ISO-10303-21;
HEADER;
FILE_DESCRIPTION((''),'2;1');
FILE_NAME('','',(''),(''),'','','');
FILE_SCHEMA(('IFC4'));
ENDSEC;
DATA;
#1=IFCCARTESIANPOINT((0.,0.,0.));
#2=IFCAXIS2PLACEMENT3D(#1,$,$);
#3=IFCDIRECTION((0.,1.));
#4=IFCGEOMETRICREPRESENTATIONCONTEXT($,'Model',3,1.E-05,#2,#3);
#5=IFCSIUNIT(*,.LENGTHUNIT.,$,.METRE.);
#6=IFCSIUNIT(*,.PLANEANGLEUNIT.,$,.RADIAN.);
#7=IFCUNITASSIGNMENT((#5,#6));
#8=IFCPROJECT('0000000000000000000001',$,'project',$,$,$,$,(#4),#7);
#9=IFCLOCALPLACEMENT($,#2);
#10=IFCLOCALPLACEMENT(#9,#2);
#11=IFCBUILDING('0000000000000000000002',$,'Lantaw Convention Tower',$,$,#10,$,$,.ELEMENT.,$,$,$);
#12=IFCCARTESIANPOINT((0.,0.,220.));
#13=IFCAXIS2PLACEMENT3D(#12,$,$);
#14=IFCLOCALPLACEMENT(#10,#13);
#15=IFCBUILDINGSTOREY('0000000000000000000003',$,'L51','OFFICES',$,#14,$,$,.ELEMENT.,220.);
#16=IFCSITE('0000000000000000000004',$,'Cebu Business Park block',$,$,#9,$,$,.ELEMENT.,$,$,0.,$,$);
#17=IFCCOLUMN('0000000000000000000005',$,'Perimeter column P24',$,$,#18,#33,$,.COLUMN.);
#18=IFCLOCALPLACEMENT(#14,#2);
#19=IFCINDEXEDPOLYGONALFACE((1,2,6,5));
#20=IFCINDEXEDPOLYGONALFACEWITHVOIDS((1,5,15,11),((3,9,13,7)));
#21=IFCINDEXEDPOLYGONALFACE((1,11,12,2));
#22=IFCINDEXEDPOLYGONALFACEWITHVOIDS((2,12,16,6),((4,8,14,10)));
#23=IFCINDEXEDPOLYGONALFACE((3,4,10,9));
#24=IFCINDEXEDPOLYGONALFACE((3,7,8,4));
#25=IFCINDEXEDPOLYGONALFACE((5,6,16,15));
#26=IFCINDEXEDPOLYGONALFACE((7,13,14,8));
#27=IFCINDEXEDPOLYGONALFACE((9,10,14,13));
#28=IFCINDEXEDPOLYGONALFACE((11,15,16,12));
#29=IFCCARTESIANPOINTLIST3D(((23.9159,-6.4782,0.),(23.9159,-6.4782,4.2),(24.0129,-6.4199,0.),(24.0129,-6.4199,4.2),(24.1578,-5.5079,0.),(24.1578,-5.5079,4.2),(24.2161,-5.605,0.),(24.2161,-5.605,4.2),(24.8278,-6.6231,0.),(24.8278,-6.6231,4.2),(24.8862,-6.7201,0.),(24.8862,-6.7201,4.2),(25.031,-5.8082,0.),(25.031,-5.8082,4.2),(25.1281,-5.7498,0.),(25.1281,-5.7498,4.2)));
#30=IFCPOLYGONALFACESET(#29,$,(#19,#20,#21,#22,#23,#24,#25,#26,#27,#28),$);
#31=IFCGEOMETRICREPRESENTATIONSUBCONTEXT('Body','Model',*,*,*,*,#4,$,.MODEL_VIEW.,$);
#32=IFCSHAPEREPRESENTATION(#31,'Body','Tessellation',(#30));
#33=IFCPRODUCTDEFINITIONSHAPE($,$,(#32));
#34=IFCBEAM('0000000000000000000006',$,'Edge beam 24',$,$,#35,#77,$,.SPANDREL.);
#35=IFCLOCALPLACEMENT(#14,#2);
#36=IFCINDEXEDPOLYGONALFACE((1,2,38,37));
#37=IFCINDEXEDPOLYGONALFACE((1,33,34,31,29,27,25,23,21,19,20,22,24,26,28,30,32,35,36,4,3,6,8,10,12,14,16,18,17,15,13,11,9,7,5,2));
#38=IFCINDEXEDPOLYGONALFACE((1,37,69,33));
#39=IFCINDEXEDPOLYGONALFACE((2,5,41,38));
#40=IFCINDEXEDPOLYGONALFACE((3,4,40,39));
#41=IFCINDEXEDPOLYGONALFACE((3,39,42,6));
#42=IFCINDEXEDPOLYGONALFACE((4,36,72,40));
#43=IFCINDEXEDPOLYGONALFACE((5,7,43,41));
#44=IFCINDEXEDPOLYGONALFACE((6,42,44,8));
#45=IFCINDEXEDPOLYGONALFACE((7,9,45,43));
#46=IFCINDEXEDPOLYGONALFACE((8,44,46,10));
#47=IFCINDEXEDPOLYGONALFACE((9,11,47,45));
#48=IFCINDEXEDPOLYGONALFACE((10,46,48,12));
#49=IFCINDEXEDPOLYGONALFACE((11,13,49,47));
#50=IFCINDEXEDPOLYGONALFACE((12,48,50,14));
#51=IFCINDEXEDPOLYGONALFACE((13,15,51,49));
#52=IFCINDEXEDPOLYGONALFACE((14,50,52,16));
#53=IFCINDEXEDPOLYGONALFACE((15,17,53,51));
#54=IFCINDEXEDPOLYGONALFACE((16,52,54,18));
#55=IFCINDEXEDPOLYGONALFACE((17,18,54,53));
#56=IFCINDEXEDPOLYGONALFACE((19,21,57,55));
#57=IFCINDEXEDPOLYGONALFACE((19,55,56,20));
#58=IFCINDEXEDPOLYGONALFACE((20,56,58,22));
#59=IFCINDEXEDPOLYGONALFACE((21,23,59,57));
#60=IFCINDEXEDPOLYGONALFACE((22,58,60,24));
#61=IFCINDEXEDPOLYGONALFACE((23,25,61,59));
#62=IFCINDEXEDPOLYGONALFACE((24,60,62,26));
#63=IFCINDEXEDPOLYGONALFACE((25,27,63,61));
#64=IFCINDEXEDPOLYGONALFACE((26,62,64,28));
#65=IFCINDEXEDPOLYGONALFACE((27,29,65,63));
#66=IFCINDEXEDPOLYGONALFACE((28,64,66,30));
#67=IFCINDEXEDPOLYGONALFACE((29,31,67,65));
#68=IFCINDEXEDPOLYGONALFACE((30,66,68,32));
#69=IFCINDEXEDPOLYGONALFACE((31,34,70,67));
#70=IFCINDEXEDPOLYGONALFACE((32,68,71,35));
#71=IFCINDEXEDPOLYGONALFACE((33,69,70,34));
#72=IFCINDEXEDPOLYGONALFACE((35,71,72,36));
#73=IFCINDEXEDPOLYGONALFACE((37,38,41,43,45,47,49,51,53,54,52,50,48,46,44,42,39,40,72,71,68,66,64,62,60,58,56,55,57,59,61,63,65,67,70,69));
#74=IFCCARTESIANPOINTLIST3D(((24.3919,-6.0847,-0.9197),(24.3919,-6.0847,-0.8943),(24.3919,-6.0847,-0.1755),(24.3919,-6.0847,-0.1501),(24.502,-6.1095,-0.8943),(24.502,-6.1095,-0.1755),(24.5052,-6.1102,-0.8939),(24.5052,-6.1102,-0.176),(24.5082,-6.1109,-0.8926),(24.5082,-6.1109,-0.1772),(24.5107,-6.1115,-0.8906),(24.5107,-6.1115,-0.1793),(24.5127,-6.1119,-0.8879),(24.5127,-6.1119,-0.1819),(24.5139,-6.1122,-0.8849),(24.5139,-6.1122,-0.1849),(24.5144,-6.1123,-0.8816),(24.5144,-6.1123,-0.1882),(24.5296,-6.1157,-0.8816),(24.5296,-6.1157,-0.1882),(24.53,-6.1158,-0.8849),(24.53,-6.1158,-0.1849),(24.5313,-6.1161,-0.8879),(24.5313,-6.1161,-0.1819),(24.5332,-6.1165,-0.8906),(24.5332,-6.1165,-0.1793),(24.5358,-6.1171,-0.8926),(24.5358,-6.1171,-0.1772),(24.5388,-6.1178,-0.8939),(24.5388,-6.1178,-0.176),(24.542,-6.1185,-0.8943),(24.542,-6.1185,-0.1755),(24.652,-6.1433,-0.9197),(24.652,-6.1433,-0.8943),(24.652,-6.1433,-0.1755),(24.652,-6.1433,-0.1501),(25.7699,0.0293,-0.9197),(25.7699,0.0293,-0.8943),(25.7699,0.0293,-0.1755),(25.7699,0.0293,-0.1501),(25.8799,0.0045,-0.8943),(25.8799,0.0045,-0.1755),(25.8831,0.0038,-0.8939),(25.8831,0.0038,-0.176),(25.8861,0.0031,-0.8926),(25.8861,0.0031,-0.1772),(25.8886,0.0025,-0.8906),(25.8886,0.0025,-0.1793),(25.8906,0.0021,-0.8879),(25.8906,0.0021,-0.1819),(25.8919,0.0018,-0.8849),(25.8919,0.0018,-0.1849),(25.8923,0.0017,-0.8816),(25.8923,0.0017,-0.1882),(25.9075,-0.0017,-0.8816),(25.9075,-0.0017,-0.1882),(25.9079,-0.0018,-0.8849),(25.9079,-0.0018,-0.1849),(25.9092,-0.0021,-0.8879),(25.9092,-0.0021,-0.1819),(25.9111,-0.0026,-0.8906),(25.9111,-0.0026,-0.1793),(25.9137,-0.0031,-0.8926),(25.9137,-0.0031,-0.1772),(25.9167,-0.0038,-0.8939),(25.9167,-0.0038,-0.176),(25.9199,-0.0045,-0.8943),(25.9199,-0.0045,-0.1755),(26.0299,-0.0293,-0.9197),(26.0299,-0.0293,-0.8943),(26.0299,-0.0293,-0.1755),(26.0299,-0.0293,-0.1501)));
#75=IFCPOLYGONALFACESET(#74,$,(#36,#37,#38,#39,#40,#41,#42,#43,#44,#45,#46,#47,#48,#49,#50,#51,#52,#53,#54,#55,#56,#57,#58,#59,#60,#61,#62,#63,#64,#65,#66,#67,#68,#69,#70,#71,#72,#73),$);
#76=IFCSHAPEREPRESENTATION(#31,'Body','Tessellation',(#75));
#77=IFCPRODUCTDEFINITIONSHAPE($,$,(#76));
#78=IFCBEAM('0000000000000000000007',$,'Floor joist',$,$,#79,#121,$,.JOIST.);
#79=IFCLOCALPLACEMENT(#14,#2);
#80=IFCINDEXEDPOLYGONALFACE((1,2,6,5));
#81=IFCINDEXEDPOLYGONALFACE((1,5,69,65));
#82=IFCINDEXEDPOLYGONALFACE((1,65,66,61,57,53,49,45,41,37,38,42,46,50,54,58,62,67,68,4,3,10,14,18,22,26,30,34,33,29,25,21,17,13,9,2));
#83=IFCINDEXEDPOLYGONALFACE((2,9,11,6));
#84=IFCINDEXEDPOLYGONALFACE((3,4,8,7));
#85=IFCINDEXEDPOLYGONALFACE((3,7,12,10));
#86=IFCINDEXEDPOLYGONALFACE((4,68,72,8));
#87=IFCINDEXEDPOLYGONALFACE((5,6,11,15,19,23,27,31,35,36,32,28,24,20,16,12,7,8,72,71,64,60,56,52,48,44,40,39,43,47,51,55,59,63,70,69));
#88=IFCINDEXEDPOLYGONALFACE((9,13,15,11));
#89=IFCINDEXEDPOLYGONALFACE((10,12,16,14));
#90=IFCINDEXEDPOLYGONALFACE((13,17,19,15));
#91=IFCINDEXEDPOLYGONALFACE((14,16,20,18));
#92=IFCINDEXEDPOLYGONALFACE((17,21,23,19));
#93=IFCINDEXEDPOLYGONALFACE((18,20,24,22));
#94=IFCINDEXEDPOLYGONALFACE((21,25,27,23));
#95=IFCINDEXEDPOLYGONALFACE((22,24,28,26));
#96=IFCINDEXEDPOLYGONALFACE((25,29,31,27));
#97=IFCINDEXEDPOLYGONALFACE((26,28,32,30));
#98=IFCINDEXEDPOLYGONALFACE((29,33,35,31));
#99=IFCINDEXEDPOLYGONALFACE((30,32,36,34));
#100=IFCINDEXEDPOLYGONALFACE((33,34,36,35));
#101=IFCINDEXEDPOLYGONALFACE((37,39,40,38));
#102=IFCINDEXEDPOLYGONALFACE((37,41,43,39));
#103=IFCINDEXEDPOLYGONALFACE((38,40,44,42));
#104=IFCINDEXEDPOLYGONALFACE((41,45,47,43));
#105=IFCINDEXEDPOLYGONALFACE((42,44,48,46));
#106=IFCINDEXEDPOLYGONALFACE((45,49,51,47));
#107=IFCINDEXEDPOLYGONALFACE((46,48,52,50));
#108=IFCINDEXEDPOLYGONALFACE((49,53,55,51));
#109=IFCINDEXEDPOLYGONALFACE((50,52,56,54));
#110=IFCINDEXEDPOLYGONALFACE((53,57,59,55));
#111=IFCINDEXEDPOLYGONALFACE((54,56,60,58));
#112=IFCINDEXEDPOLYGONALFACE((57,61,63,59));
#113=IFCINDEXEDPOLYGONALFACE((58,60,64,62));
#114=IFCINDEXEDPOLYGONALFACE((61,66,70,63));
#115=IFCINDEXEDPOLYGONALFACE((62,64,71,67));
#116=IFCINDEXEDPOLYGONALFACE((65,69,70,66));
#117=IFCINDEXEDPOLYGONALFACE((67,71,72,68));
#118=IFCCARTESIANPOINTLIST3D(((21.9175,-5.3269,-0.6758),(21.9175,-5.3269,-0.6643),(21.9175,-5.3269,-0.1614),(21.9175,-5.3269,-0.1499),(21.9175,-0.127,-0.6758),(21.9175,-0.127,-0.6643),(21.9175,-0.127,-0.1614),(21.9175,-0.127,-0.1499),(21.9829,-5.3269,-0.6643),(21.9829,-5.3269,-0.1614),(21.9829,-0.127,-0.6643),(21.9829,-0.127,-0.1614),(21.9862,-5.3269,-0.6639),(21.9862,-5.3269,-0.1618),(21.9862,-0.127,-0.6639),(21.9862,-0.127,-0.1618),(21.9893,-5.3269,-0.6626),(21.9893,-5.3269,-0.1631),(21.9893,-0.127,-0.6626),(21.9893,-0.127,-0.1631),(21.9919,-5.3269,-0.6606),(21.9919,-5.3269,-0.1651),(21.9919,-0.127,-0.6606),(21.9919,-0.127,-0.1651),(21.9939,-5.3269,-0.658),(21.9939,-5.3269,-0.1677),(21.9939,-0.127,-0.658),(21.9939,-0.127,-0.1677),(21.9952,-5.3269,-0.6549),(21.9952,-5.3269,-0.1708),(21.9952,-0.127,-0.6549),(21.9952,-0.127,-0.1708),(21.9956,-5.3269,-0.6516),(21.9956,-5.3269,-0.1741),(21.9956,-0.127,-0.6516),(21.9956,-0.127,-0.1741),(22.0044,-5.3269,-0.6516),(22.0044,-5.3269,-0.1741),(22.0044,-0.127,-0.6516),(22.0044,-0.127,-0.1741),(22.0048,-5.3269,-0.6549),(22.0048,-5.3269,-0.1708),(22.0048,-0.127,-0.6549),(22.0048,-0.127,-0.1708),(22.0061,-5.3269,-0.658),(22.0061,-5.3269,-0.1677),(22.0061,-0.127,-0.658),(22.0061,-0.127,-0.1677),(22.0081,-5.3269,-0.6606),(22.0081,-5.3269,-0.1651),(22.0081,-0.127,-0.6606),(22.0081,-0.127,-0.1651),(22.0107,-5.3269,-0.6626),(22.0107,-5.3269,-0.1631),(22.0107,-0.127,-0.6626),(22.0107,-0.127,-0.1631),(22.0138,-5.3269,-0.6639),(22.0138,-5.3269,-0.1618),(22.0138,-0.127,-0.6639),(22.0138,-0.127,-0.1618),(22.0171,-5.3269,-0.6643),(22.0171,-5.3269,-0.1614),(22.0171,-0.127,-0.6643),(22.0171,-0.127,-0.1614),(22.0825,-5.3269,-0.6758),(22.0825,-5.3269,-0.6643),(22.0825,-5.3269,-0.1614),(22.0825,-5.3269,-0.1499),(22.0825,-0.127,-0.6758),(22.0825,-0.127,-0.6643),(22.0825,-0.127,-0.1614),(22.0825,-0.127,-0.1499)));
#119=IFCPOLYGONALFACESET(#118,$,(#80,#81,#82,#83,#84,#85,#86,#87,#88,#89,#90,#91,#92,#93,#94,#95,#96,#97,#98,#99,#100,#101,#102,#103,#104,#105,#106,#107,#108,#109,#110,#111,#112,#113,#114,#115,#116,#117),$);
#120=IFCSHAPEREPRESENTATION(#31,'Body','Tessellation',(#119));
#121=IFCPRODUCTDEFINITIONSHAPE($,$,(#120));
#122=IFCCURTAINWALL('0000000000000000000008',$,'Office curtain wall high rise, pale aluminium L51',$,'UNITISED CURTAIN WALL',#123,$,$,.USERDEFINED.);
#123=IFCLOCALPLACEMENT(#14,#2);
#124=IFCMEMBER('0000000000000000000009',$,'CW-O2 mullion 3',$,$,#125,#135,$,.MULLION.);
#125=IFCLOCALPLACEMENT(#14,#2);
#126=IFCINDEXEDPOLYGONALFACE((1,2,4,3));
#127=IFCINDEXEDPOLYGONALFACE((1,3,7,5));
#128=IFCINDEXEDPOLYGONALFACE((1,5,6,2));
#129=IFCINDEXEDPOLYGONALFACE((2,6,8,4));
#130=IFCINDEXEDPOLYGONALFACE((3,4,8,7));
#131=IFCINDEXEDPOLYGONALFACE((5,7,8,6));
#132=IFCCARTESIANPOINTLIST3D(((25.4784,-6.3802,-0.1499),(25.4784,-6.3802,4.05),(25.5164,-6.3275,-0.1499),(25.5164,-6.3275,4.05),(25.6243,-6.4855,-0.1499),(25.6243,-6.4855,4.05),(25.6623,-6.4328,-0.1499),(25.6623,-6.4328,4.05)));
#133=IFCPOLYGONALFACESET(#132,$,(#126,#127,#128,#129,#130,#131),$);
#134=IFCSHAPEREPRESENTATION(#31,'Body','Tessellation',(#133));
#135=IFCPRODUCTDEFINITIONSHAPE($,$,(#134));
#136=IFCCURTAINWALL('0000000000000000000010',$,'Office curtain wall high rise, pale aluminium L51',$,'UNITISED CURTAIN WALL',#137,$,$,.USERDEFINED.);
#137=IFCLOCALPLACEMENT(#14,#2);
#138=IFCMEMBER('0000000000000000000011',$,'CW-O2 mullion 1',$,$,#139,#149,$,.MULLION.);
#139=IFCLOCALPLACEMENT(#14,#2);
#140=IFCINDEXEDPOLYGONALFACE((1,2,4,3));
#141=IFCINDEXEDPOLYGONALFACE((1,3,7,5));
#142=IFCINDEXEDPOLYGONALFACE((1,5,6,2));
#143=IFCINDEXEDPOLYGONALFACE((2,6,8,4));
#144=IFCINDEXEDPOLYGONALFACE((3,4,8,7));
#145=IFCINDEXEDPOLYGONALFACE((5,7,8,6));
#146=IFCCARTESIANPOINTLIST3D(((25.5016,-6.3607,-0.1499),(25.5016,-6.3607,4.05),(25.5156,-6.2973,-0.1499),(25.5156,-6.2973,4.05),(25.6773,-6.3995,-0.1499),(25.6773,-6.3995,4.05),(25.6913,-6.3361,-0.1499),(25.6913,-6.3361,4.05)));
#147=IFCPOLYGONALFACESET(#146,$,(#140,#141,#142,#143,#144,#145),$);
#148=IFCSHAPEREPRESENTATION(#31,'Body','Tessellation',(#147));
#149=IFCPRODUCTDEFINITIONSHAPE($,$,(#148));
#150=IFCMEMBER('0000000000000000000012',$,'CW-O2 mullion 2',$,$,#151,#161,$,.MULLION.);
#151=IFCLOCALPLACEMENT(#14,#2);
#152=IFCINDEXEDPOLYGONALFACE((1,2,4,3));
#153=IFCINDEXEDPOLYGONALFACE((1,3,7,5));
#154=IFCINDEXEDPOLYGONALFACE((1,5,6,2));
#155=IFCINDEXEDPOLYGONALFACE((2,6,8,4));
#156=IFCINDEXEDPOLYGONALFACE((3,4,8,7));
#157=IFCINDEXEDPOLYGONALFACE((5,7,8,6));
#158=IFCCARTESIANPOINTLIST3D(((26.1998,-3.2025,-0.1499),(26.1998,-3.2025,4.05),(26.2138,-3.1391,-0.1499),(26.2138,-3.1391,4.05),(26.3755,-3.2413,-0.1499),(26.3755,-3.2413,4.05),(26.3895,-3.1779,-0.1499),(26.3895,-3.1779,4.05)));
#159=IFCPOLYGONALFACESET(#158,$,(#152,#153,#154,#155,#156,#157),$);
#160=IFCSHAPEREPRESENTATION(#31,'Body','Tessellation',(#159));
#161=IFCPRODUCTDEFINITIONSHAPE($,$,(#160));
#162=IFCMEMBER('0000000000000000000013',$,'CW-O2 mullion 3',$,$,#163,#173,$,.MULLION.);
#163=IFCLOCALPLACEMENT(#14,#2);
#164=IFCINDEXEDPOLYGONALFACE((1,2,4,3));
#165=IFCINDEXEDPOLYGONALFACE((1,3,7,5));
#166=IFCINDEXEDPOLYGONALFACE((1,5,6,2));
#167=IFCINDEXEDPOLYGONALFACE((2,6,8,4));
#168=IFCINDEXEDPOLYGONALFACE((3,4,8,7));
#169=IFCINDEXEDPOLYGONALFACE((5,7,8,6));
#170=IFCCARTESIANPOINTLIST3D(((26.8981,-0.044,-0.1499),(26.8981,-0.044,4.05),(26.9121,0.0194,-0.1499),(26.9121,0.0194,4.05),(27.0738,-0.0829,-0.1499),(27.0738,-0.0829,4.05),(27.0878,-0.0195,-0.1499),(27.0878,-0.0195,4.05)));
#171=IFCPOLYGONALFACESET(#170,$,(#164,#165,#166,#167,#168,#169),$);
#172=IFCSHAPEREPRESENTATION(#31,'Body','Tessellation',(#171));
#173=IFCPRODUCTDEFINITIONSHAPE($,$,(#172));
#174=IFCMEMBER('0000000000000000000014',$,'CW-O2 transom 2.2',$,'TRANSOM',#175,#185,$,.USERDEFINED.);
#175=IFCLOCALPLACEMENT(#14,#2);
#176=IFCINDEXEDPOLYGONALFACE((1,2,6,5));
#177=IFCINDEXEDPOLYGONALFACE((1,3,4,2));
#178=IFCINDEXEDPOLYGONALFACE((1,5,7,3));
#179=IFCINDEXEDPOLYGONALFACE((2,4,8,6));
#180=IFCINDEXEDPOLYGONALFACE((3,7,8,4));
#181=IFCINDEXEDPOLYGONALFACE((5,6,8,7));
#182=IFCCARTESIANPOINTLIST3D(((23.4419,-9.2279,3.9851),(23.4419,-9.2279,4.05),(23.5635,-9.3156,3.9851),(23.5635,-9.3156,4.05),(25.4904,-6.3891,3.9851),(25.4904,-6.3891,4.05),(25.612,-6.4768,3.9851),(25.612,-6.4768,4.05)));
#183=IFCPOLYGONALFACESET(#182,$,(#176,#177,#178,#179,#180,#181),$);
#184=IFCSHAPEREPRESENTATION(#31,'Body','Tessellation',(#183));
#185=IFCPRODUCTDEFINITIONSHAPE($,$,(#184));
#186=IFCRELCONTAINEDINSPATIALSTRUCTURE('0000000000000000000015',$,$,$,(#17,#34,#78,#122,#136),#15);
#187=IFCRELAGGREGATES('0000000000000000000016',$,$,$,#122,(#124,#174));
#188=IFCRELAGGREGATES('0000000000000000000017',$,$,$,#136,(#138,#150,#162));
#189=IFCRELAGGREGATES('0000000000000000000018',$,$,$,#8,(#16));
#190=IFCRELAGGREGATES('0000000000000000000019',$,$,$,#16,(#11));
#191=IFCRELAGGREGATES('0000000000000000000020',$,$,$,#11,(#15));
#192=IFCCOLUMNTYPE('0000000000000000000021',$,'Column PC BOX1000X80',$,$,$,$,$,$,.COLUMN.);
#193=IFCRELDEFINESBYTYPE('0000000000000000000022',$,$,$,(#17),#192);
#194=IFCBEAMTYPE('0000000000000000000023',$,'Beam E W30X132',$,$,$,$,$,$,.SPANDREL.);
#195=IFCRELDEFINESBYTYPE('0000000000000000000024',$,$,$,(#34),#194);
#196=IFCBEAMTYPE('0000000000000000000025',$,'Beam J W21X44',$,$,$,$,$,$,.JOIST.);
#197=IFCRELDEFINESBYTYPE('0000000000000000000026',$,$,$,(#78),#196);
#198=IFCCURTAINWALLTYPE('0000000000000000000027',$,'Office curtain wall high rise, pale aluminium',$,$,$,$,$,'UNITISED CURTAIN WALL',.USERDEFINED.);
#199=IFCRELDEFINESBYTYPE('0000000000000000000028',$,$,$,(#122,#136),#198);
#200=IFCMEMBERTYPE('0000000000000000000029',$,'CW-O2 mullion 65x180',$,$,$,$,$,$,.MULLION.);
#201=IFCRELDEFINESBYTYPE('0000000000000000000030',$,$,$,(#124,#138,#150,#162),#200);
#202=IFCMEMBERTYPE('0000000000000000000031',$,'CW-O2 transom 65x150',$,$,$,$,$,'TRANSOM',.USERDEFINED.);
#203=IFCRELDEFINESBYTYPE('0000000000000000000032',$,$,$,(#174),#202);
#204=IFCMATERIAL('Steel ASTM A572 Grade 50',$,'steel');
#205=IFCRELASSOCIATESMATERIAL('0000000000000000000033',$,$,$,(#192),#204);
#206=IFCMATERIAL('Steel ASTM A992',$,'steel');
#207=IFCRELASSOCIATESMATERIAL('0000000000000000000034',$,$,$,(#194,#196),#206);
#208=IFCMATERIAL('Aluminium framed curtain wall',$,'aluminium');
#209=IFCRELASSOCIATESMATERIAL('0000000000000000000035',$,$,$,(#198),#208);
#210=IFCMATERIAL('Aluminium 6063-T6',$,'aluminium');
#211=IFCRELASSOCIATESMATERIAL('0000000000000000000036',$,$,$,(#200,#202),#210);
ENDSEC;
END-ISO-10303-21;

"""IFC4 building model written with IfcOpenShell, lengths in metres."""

from ifc_helpers import new_model, si_unit, direction, frame, origin, origin_2d, place, context, subcontext, project, spatial, rectangle, hollow_rectangle, i_section, extrude, material, material_profile, profile_set, type_object, element, aggregate, save


model = new_model("IFC4")

# Units and contexts
model_context = context("Model", 3, precision=1e-05, world=origin(), true_north=direction((0.0, 1.0)))
body_context = subcontext(model_context, "Body", "Model", "MODEL_VIEW")
ifc_project = project(units=[si_unit("LENGTHUNIT", "METRE"), si_unit("PLANEANGLEUNIT", "RADIAN")], contexts=[model_context])

# Site, building, storey
site_placement = place(None, origin())
site = spatial("IfcSite", under=ifc_project, at=site_placement, Name="Cebu Business Park block", CompositionType="ELEMENT", RefElevation=0.0)
building_placement = place(site_placement, origin())
building = spatial("IfcBuilding", under=site, at=building_placement, Name="Lantaw Convention Tower", CompositionType="ELEMENT")
storey_placement = place(building_placement, frame((0.0, 0.0, 220.0)))
storey = spatial("IfcBuildingStorey", under=building, at=storey_placement, Name="L51", Description="OFFICES", CompositionType="ELEMENT", Elevation=220.0)

# Column
ifc_material_1 = material(Name="Steel ASTM A572 Grade 50", Category="steel")
ifc_material_profile_1 = material_profile(ifc_material_1, hollow_rectangle(XDim=1.0, YDim=1.0, WallThickness=0.0801, at=origin_2d()), Name="BOX1000X80")
ifc_material_2 = material(Name="Concrete C60/75", Category="concrete")
ifc_material_profile_2 = material_profile(ifc_material_2, rectangle(XDim=0.8401, YDim=0.8401, at=origin_2d()), Name="Concrete fill of BOX1000X80")
ifc_profile_set_1 = profile_set([ifc_material_profile_1, ifc_material_profile_2], Name="Steel ASTM A572 Grade 50")
column_type = type_object("IfcColumnType", Name="Column PC BOX1000X80", PredefinedType="COLUMN", material=ifc_profile_set_1)
column_placement = place(storey_placement, frame((24.522, -6.114, 0.0), z_axis=(0.0, 0.0, 1.0), x_axis=(0.241922, 0.970296, 0.0)))
element("IfcColumn", 1, at=column_placement, inside=storey, type_object=column_type, Name="Perimeter column P24", PredefinedType="COLUMN", context=body_context, shape_type="SweptSolid", body=[
    extrude(hollow_rectangle(XDim=1.0, YDim=1.0, WallThickness=0.0801, at=origin_2d()), origin(), (0.0, 0.0, 1.0), 4.2),
])

# Beams
ifc_material_3 = material(Name="Steel ASTM A992", Category="steel")
ifc_material_profile_3 = material_profile(ifc_material_3, i_section(OverallWidth=0.2666, OverallDepth=0.7695, WebThickness=0.0156, FlangeThickness=0.0254, FilletRadius=0.0127, at=origin_2d()), Name="W30X132")
ifc_profile_set_2 = profile_set([ifc_material_profile_3], Name="Steel ASTM A992")
beam_type_1 = type_object("IfcBeamType", Name="Beam E W30X132", PredefinedType="SPANDREL", material=ifc_profile_set_2)
beam_1_placement = place(storey_placement, frame((24.522, -6.114, -0.5349), z_axis=(0.219858, 0.975532, 0.0), x_axis=(-0.975532, 0.219858, 0.0)))
element("IfcBeam", 2, at=beam_1_placement, inside=storey, type_object=beam_type_1, Name="Edge beam 24", PredefinedType="SPANDREL", context=body_context, shape_type="SweptSolid", body=[
    extrude(i_section(OverallWidth=0.2666, OverallDepth=0.7695, WebThickness=0.0156, FlangeThickness=0.0254, FilletRadius=0.0127, at=origin_2d()), origin(), (0.0, 0.0, 1.0), 6.2673),
])
ifc_material_profile_4 = material_profile(ifc_material_3, i_section(OverallWidth=0.165, OverallDepth=0.5259, WebThickness=0.0088, FlangeThickness=0.0115, FilletRadius=0.0127, at=origin_2d()), Name="W21X44")
ifc_profile_set_3 = profile_set([ifc_material_profile_4], Name="Steel ASTM A992")
beam_type_2 = type_object("IfcBeamType", Name="Beam J W21X44", PredefinedType="JOIST", material=ifc_profile_set_3)
beam_2_placement = place(storey_placement, frame((22.0, -5.3269, -0.4128), z_axis=(0.0, 1.0, 0.0), x_axis=(-1.0, 0.0, 0.0)))
element("IfcBeam", 3, at=beam_2_placement, inside=storey, type_object=beam_type_2, Name="Floor joist", PredefinedType="JOIST", context=body_context, shape_type="SweptSolid", body=[
    extrude(i_section(OverallWidth=0.165, OverallDepth=0.5259, WebThickness=0.0088, FlangeThickness=0.0115, FilletRadius=0.0127, at=origin_2d()), origin(), (0.0, 0.0, 1.0), 5.2),
])

# Curtain wall, member
ifc_material_4 = material(Name="Aluminium framed curtain wall", Category="aluminium")
curtain_wall_type = type_object("IfcCurtainWallType", Name="Office curtain wall high rise, pale aluminium", ElementType="UNITISED CURTAIN WALL", PredefinedType="USERDEFINED", material=ifc_material_4)
curtain_wall_1_placement = place(storey_placement, origin())
curtain_wall_1 = element("IfcCurtainWall", 4, at=curtain_wall_1_placement, inside=storey, type_object=curtain_wall_type, Name="Office curtain wall high rise, pale aluminium L51", ObjectType="UNITISED CURTAIN WALL", PredefinedType="USERDEFINED")
ifc_material_5 = material(Name="Aluminium 6063-T6", Category="aluminium")
ifc_material_profile_5 = material_profile(ifc_material_5, rectangle(XDim=0.1799, YDim=0.0649, at=origin_2d()), Name="CW-O2 mullion 65x180")
ifc_profile_set_4 = profile_set([ifc_material_profile_5], Name="Aluminium 6063-T6")
member_type_1 = type_object("IfcMemberType", Name="CW-O2 mullion 65x180", PredefinedType="MULLION", material=ifc_profile_set_4)
member_1_placement = place(storey_placement, frame((25.5703, -6.4065, -0.1499), z_axis=(0.0, 0.0, 1.0), x_axis=(-0.81092, 0.585158, 0.0)))
member_1 = element("IfcMember", 5, at=member_1_placement, type_object=member_type_1, Name="CW-O2 mullion 3", PredefinedType="MULLION", context=body_context, shape_type="SweptSolid", body=[
    extrude(rectangle(XDim=0.1799, YDim=0.0649, at=origin_2d()), origin(), (0.0, 0.0, 1.0), 4.2),
])

# Curtain wall, members
curtain_wall_2_placement = place(storey_placement, origin())
curtain_wall_2 = element("IfcCurtainWall", 6, at=curtain_wall_2_placement, inside=storey, type_object=curtain_wall_type, Name="Office curtain wall high rise, pale aluminium L51", ObjectType="UNITISED CURTAIN WALL", PredefinedType="USERDEFINED")
member_2_placement = place(storey_placement, frame((25.5964, -6.3484, -0.1499), z_axis=(0.0, 0.0, 1.0), x_axis=(-0.976417, 0.215891, 0.0)))
member_2 = element("IfcMember", 7, at=member_2_placement, type_object=member_type_1, Name="CW-O2 mullion 1", PredefinedType="MULLION", context=body_context, shape_type="SweptSolid", body=[
    extrude(rectangle(XDim=0.1799, YDim=0.0649, at=origin_2d()), origin(), (0.0, 0.0, 1.0), 4.2),
])
member_3_placement = place(storey_placement, frame((26.2947, -3.1902, -0.1499), z_axis=(0.0, 0.0, 1.0), x_axis=(-0.976417, 0.215891, 0.0)))
member_3 = element("IfcMember", 8, at=member_3_placement, type_object=member_type_1, Name="CW-O2 mullion 2", PredefinedType="MULLION", context=body_context, shape_type="SweptSolid", body=[
    extrude(rectangle(XDim=0.1799, YDim=0.0649, at=origin_2d()), origin(), (0.0, 0.0, 1.0), 4.2),
])
member_4_placement = place(storey_placement, frame((26.9929, -0.0317, -0.1499), z_axis=(0.0, 0.0, 1.0), x_axis=(-0.976417, 0.215891, 0.0)))
member_4 = element("IfcMember", 9, at=member_4_placement, type_object=member_type_1, Name="CW-O2 mullion 3", PredefinedType="MULLION", context=body_context, shape_type="SweptSolid", body=[
    extrude(rectangle(XDim=0.1799, YDim=0.0649, at=origin_2d()), origin(), (0.0, 0.0, 1.0), 4.2),
])

# Member
ifc_material_profile_6 = material_profile(ifc_material_5, rectangle(XDim=0.1499, YDim=0.0649, at=origin_2d()), Name="CW-O2 transom 65x150")
ifc_profile_set_5 = profile_set([ifc_material_profile_6], Name="Aluminium 6063-T6")
member_type_2 = type_object("IfcMemberType", Name="CW-O2 transom 65x150", ElementType="TRANSOM", PredefinedType="USERDEFINED", material=ifc_profile_set_5)
member_5_placement = place(storey_placement, frame((23.5027, -9.2717, 4.0176), z_axis=(0.58517, 0.810911, 0.0), x_axis=(-0.810911, 0.58517, 0.0)))
member_5 = element("IfcMember", 10, at=member_5_placement, type_object=member_type_2, Name="CW-O2 transom 2.2", ObjectType="TRANSOM", PredefinedType="USERDEFINED", context=body_context, shape_type="SweptSolid", body=[
    extrude(rectangle(XDim=0.1499, YDim=0.0649, at=origin_2d()), origin(), (0.0, 0.0, 1.0), 3.5007),
])

aggregate(curtain_wall_1, [member_1, member_5])
aggregate(curtain_wall_2, [member_2, member_3, member_4])

save(model, "model.ifc")
